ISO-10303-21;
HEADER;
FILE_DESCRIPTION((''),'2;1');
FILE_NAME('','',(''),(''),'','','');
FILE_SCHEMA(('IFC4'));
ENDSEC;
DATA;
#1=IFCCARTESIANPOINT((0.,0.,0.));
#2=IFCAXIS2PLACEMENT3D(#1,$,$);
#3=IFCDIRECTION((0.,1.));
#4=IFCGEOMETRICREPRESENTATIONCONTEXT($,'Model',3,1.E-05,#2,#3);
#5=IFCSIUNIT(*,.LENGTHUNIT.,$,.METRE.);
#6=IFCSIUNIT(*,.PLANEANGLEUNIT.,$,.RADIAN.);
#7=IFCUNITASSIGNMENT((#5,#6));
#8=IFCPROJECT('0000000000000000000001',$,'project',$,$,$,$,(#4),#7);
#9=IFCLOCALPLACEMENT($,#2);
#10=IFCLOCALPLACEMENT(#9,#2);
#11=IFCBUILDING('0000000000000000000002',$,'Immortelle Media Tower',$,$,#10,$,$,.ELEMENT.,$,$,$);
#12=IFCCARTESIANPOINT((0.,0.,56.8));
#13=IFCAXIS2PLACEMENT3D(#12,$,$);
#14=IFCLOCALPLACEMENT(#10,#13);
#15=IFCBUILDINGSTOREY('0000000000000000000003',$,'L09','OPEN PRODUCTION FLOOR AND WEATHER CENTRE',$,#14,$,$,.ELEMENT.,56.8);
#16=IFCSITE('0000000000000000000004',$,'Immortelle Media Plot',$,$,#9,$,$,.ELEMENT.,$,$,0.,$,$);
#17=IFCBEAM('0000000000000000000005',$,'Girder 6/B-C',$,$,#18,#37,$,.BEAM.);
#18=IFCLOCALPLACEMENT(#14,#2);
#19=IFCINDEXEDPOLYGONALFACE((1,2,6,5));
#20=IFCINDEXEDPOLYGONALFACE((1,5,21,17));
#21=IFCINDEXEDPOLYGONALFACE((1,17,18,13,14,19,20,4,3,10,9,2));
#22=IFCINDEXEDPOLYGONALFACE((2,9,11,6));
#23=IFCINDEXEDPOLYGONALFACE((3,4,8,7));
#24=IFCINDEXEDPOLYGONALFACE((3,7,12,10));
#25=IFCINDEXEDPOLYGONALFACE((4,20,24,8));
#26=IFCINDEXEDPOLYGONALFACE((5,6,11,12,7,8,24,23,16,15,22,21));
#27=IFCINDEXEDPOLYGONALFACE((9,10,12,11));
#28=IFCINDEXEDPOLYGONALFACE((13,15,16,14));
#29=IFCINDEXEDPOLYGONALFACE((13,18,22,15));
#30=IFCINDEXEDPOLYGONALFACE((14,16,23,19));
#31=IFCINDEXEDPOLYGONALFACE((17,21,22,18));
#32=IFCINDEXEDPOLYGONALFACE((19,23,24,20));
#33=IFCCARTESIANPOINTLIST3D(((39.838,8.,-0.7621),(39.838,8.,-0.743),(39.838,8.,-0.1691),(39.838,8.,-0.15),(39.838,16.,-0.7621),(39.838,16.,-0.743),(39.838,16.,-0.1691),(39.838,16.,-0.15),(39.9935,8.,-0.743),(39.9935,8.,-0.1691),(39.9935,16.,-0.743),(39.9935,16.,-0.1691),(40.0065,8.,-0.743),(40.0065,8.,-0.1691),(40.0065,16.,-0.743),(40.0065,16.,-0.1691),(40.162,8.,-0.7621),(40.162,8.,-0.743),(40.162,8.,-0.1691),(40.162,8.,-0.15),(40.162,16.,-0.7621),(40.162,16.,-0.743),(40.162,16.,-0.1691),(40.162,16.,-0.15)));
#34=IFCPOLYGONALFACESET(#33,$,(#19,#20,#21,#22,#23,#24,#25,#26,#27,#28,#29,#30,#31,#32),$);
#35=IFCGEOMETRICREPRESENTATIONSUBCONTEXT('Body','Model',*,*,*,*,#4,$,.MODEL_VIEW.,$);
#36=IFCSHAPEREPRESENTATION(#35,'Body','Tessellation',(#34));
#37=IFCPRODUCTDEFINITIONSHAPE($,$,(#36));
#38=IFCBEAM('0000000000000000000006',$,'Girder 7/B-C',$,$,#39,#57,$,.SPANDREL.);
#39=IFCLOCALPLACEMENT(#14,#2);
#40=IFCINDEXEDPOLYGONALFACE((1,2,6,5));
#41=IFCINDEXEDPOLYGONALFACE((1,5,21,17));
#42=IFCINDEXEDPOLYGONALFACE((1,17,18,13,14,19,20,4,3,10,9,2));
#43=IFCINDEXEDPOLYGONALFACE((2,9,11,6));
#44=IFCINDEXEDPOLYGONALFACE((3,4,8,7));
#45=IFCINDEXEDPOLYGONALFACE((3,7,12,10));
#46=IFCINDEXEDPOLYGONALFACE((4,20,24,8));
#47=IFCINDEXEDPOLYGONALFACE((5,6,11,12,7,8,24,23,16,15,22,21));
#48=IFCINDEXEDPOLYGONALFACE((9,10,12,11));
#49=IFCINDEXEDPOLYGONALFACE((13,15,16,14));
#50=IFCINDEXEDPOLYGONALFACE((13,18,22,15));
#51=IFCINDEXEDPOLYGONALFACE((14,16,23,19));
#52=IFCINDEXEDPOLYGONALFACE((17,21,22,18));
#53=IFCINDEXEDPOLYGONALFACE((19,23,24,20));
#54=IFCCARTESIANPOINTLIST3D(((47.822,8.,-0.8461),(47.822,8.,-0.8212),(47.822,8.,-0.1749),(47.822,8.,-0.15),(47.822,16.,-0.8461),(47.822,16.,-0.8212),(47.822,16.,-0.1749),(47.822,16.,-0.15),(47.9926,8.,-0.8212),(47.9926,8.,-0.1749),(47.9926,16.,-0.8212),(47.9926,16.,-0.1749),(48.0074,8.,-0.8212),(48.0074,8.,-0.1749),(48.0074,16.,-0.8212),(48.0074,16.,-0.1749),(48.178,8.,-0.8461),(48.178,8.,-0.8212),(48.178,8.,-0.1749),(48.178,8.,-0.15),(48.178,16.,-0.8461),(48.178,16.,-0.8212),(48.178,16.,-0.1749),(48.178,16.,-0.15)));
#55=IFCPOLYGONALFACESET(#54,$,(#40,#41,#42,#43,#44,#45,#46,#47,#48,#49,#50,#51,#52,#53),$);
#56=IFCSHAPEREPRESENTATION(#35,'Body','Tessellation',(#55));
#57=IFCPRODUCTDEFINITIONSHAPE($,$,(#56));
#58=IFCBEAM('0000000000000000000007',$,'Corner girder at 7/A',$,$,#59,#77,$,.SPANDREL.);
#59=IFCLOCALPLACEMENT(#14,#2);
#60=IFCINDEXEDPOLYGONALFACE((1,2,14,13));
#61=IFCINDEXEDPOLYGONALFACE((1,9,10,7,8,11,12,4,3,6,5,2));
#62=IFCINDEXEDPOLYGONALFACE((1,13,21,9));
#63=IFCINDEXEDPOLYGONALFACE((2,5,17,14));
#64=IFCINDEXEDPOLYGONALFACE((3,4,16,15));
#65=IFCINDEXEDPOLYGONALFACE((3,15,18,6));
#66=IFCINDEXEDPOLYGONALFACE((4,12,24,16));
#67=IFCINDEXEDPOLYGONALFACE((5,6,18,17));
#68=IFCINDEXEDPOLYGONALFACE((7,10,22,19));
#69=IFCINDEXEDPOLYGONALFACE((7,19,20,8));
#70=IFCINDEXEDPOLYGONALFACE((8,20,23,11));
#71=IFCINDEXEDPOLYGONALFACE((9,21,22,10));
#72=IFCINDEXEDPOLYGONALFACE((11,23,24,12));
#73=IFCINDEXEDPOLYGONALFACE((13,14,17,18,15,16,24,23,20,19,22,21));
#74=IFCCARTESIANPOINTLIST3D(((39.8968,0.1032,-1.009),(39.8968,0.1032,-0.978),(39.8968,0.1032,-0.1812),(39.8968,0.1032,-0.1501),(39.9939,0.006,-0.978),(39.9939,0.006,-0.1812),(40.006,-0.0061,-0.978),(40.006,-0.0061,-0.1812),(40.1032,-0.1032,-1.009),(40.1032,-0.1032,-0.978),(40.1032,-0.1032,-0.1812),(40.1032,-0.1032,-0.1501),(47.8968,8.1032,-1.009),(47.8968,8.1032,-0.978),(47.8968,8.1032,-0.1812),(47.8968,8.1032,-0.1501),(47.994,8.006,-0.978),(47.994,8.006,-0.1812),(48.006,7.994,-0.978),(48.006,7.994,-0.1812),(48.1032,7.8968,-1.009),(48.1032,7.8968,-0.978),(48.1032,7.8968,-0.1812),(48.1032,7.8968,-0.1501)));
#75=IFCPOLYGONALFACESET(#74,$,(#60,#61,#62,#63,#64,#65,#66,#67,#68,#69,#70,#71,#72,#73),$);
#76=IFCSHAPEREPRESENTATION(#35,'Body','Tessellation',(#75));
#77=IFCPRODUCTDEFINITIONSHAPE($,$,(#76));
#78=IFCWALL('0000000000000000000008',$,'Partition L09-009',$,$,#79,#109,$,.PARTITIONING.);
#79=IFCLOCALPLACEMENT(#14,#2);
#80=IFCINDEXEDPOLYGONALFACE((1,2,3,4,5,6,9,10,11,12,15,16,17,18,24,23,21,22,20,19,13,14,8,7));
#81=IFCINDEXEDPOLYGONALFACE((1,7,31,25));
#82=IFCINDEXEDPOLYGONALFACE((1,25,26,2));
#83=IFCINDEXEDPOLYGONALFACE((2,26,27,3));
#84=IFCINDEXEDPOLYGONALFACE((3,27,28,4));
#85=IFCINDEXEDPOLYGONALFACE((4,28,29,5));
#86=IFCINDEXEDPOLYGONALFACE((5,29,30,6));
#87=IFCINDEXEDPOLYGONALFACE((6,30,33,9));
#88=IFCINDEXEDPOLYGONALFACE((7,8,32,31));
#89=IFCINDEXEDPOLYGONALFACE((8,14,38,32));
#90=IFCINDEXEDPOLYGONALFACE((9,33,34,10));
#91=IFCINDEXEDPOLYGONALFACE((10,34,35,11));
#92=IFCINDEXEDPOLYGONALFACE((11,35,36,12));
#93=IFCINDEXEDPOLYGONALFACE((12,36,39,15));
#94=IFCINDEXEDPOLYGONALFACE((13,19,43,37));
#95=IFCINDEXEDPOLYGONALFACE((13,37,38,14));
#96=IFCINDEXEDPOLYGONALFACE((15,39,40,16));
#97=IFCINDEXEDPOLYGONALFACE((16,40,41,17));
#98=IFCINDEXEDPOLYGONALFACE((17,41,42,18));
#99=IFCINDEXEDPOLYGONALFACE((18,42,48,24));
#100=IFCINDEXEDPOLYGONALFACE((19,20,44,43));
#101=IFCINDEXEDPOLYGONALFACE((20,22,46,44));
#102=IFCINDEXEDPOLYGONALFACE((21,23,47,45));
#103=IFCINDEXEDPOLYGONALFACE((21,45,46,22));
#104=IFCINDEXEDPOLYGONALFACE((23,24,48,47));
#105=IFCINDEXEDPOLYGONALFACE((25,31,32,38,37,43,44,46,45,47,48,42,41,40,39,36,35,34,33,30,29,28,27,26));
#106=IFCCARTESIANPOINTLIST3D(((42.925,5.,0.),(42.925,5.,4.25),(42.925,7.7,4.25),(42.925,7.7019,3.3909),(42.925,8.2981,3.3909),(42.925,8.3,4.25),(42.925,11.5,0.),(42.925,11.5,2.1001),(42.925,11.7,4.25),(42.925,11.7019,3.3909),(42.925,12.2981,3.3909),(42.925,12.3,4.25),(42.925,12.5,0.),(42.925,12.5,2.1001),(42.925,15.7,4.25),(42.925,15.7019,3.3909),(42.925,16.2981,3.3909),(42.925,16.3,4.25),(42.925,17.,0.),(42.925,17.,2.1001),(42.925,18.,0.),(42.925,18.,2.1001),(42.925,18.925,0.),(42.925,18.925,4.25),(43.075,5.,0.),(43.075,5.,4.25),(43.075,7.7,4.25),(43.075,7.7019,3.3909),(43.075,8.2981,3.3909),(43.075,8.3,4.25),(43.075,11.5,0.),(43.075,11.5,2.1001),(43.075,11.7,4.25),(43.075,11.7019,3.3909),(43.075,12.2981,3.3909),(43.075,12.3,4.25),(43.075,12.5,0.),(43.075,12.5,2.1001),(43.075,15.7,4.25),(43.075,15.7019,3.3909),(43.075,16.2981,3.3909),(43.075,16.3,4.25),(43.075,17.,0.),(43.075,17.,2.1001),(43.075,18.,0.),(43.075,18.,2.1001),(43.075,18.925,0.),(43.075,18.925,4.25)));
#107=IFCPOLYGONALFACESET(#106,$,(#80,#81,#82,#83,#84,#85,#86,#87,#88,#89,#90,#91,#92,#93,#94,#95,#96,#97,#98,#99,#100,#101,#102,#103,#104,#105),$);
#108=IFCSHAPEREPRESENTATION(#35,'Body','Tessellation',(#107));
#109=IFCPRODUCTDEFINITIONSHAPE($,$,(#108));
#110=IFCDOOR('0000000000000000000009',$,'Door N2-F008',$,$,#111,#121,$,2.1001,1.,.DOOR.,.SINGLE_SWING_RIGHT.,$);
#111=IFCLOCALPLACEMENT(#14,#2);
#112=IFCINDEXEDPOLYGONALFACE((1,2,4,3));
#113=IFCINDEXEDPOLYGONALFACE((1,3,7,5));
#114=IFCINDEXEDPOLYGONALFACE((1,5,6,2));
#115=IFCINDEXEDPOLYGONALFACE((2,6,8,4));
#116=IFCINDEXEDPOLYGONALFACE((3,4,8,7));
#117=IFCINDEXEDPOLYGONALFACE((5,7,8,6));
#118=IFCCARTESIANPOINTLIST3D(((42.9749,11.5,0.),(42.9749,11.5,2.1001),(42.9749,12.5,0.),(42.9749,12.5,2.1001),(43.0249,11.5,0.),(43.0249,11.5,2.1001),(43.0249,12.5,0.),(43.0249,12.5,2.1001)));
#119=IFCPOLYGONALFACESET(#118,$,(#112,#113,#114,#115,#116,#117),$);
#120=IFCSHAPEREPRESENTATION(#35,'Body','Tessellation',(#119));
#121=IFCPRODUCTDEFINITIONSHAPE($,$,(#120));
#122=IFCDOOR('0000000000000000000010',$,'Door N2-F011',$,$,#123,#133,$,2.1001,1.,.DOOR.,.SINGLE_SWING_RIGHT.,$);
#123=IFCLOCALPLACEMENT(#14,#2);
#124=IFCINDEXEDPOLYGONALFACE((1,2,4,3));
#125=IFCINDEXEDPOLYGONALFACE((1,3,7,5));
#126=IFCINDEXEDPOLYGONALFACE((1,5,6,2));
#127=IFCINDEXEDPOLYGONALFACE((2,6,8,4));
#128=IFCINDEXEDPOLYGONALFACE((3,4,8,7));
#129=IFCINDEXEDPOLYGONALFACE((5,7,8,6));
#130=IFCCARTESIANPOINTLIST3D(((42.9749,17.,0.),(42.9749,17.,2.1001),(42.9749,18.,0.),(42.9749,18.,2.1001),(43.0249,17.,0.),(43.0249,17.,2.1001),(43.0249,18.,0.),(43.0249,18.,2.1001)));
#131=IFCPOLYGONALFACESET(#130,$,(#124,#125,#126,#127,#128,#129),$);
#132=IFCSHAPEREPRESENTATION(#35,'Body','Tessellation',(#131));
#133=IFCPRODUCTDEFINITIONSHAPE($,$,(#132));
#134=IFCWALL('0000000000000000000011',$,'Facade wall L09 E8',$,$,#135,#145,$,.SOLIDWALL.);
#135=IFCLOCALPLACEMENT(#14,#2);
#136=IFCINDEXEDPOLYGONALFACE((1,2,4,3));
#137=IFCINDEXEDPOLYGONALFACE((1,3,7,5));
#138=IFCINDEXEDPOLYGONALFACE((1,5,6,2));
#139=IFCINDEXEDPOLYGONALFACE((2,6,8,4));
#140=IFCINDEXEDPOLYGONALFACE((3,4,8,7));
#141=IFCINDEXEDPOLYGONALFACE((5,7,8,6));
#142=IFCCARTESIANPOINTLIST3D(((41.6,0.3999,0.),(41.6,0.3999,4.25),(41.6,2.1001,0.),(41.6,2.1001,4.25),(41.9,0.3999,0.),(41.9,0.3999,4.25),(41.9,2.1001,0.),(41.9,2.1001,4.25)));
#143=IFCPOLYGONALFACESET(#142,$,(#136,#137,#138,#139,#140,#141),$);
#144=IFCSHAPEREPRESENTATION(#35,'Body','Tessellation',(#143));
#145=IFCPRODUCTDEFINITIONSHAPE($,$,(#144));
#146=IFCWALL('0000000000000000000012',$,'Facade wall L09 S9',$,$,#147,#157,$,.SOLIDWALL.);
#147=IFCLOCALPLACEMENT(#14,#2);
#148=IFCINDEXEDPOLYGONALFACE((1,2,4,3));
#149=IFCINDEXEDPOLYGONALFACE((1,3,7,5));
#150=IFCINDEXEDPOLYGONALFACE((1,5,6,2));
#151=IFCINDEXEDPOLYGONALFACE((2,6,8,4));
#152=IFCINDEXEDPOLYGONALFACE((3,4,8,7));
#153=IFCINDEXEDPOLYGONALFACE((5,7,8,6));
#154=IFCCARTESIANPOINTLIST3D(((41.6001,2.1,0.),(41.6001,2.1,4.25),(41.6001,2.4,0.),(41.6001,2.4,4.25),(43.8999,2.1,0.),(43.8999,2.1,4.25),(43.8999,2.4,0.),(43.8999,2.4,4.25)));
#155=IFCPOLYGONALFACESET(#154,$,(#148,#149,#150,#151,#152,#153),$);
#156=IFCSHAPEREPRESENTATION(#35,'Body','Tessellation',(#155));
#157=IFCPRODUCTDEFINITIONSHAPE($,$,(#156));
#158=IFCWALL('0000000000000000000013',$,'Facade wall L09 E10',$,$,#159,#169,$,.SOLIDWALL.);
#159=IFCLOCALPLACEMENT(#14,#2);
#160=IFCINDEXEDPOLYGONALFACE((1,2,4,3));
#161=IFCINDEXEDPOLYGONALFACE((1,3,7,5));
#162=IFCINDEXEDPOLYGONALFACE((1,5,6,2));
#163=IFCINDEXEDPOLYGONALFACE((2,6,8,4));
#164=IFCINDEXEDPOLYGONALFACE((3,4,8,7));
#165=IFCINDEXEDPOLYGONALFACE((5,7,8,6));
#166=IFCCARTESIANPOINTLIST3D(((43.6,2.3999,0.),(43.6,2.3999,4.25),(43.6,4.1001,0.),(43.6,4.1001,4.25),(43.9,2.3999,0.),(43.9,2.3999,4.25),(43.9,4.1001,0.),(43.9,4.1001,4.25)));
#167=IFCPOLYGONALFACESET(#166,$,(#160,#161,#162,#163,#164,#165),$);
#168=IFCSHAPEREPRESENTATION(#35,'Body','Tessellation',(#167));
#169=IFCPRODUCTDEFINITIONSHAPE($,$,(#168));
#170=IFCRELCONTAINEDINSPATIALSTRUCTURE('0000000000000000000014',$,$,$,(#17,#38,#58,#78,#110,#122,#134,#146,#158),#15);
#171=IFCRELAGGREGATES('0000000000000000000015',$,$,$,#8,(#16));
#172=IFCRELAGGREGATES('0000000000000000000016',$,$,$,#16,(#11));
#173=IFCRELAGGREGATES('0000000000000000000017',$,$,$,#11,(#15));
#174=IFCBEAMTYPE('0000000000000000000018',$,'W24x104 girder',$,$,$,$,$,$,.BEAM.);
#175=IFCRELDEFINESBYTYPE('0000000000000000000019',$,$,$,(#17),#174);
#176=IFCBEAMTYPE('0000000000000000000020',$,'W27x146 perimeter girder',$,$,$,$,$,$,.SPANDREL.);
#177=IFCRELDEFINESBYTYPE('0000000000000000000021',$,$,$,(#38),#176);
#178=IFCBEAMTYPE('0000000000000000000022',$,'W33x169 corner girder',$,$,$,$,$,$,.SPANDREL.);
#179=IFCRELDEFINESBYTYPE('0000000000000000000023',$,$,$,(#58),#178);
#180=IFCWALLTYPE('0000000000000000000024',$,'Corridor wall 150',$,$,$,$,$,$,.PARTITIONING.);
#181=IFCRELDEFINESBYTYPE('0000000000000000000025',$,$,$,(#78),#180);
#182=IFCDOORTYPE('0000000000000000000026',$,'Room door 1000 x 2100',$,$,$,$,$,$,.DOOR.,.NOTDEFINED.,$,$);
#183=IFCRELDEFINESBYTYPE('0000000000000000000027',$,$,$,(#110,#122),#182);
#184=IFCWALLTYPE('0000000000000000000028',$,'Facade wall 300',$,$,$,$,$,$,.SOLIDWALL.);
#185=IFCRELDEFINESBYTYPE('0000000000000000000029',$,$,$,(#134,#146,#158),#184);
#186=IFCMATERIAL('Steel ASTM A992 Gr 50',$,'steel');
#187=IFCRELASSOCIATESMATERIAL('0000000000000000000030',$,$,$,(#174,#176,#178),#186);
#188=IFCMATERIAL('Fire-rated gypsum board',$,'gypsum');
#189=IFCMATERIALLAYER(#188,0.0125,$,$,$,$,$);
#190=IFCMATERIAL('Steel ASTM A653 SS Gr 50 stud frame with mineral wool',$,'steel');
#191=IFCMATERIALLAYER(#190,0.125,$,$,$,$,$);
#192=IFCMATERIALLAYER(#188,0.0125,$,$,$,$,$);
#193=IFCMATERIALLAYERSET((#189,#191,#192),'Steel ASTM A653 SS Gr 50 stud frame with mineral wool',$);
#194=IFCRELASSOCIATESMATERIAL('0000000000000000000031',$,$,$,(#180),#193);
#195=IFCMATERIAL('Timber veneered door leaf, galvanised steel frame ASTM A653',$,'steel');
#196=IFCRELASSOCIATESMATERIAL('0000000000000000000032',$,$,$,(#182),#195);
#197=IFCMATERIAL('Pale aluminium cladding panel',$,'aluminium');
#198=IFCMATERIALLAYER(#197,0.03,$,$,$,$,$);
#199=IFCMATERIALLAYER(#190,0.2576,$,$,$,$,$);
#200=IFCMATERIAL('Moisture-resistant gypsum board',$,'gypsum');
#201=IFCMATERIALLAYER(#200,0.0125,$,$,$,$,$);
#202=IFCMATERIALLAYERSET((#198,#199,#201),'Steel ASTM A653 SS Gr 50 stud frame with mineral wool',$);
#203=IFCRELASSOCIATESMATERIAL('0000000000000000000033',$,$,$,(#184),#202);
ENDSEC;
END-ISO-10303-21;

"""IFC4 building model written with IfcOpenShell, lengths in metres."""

from ifc_helpers import new_model, si_unit, direction, frame, frame_2d, origin, origin_2d, place, context, subcontext, project, spatial, polyline, rectangle, i_section, outline, extrude, material, layer, layer_set, material_profile, profile_set, type_object, element, fill, save


model = new_model("IFC4")

# Units and contexts
model_context = context("Model", 3, precision=1e-05, world=origin(), true_north=direction((0.0, 1.0)))
body_context = subcontext(model_context, "Body", "Model", "MODEL_VIEW")
ifc_project = project(units=[si_unit("LENGTHUNIT", "METRE"), si_unit("PLANEANGLEUNIT", "RADIAN")], contexts=[model_context])

# Site, building, storey
site_placement = place(None, origin())
site = spatial("IfcSite", under=ifc_project, at=site_placement, Name="Immortelle Media Plot", CompositionType="ELEMENT", RefElevation=0.0)
building_placement = place(site_placement, origin())
building = spatial("IfcBuilding", under=site, at=building_placement, Name="Immortelle Media Tower", CompositionType="ELEMENT")
storey_placement = place(building_placement, frame((0.0, 0.0, 56.8)))
storey = spatial("IfcBuildingStorey", under=building, at=storey_placement, Name="L09", Description="OPEN PRODUCTION FLOOR AND WEATHER CENTRE", CompositionType="ELEMENT", Elevation=56.8)

# Shared definitions
ifc_material_1 = material(Name="Steel ASTM A992 Gr 50", Category="steel")

# Beams
ifc_material_profile_1 = material_profile(ifc_material_1, i_section(OverallWidth=0.324, OverallDepth=0.6121, WebThickness=0.0129, FlangeThickness=0.019, at=origin_2d()), Name="W24x104")
ifc_profile_set_1 = profile_set([ifc_material_profile_1], Name="Steel ASTM A992 Gr 50")
beam_type_1 = type_object("IfcBeamType", Name="W24x104 girder", PredefinedType="BEAM", material=ifc_profile_set_1)
for number, where, z_axis, x_axis, name in (
    (1, (40.0, 8.0, -0.4561), (0.0, 1.0, 0.0), (-1.0, 0.0, 0.0), "Girder 6/B-C"),
):
    element("IfcBeam", number, at=place(storey_placement, frame(where, z_axis=z_axis, x_axis=x_axis)), inside=storey, type_object=beam_type_1, Name=name, PredefinedType="BEAM", context=body_context, shape_type="SweptSolid", body=[
        extrude(i_section(OverallWidth=0.324, OverallDepth=0.6121, WebThickness=0.0129, FlangeThickness=0.019, at=origin_2d()), origin(), (0.0, 0.0, 1.0), 8.0),
    ])
ifc_material_profile_2 = material_profile(ifc_material_1, i_section(OverallWidth=0.356, OverallDepth=0.696, WebThickness=0.0149, FlangeThickness=0.0249, at=origin_2d()), Name="W27x146")
ifc_profile_set_2 = profile_set([ifc_material_profile_2], Name="Steel ASTM A992 Gr 50")
beam_type_2 = type_object("IfcBeamType", Name="W27x146 perimeter girder", PredefinedType="SPANDREL", material=ifc_profile_set_2)
beam_1_placement = place(storey_placement, frame((48.0, 8.0, -0.498), z_axis=(0.0, 1.0, 0.0), x_axis=(-1.0, 0.0, 0.0)))
element("IfcBeam", 2, at=beam_1_placement, inside=storey, type_object=beam_type_2, Name="Girder 7/B-C", PredefinedType="SPANDREL", context=body_context, shape_type="SweptSolid", body=[
    extrude(i_section(OverallWidth=0.356, OverallDepth=0.696, WebThickness=0.0149, FlangeThickness=0.0249, at=origin_2d()), origin(), (0.0, 0.0, 1.0), 8.0),
])
ifc_material_profile_3 = material_profile(ifc_material_1, i_section(OverallWidth=0.292, OverallDepth=0.8589, WebThickness=0.0171, FlangeThickness=0.031, at=origin_2d()), Name="W33x169")
ifc_profile_set_3 = profile_set([ifc_material_profile_3], Name="Steel ASTM A992 Gr 50")
beam_type_3 = type_object("IfcBeamType", Name="W33x169 corner girder", PredefinedType="SPANDREL", material=ifc_profile_set_3)
beam_2_placement = place(storey_placement, frame((48.0, 8.0, -0.5796), z_axis=(-0.707107, -0.707107, 0.0), x_axis=(0.707107, -0.707107, 0.0)))
element("IfcBeam", 3, at=beam_2_placement, inside=storey, type_object=beam_type_3, Name="Corner girder at 7/A", PredefinedType="SPANDREL", context=body_context, shape_type="SweptSolid", body=[
    extrude(i_section(OverallWidth=0.292, OverallDepth=0.8589, WebThickness=0.0171, FlangeThickness=0.031, at=origin_2d()), origin(), (0.0, 0.0, 1.0), 11.3137),
])

# Wall, openings, doors
ifc_material_2 = material(Name="Fire-rated gypsum board", Category="gypsum")
ifc_layer_1 = layer(ifc_material_2, 0.0125)
ifc_material_3 = material(Name="Steel ASTM A653 SS Gr 50 stud frame with mineral wool", Category="steel")
ifc_layer_2 = layer(ifc_material_3, 0.125)
ifc_layer_3 = layer(ifc_material_2, 0.0125)
ifc_layer_set_1 = layer_set([ifc_layer_1, ifc_layer_2, ifc_layer_3], Name="Steel ASTM A653 SS Gr 50 stud frame with mineral wool")
wall_type_1 = type_object("IfcWallType", Name="Corridor wall 150", PredefinedType="PARTITIONING", material=ifc_layer_set_1)
wall_1_placement = place(storey_placement, frame((43.0, 5.0, 0.0), z_axis=(0.0, 0.0, 1.0), x_axis=(0.0, 1.0, 0.0)))
wall_1 = element("IfcWall", 4, at=wall_1_placement, inside=storey, type_object=wall_type_1, Name="Partition L09-009", PredefinedType="PARTITIONING", context=body_context, shape_type="SweptSolid", body=[
    extrude(outline(polyline([(0.0, 0.0), (13.925, 0.0), (13.925, 4.25), (11.3, 4.25), (11.2981, 3.3909), (10.7019, 3.3909), (10.7, 4.25), (7.3, 4.25), (7.2981, 3.3909), (6.7019, 3.3909), (6.7, 4.25), (3.3, 4.25), (3.2981, 3.3909), (2.7019, 3.3909), (2.7, 4.25), (0.0, 4.25), (0.0, 0.0)])), frame((0.0, 0.075, 0.0), z_axis=(0.0, -1.0, 0.0), x_axis=(1.0, 0.0, 0.0)), (0.0, 0.0, 1.0), 0.1499),
])
opening_1_placement = place(wall_1_placement, frame((7.5, 0.0, 0.0), z_axis=(0.0, 0.0, 1.0), x_axis=(-1.0, 0.0, 0.0)))
opening_1 = element("IfcOpeningElement", 5, at=opening_1_placement, cuts=wall_1, PredefinedType="OPENING", context=body_context, shape_type="SweptSolid", body=[
    extrude(rectangle(XDim=1.0, YDim=2.1001, at=frame_2d((0.5, 1.05))), frame((0.0, 0.085, 0.0), z_axis=(0.0, -1.0, 0.0), x_axis=(1.0, 0.0, 0.0)), (0.0, 0.0, 1.0), 0.1699),
])
opening_2_placement = place(wall_1_placement, frame((13.0, 0.0, 0.0), z_axis=(0.0, 0.0, 1.0), x_axis=(-1.0, 0.0, 0.0)))
opening_2 = element("IfcOpeningElement", 6, at=opening_2_placement, cuts=wall_1, PredefinedType="OPENING", context=body_context, shape_type="SweptSolid", body=[
    extrude(rectangle(XDim=1.0, YDim=2.1001, at=frame_2d((0.5, 1.05))), frame((0.0, 0.085, 0.0), z_axis=(0.0, -1.0, 0.0), x_axis=(1.0, 0.0, 0.0)), (0.0, 0.0, 1.0), 0.1699),
])
ifc_material_4 = material(Name="Timber veneered door leaf, galvanised steel frame ASTM A653", Category="steel")
door_type_1 = type_object("IfcDoorType", Name="Room door 1000 x 2100", OperationType="NOTDEFINED", PredefinedType="DOOR", material=ifc_material_4)
door_1_placement = place(opening_1_placement, origin())
door_1 = element("IfcDoor", 7, at=door_1_placement, inside=storey, type_object=door_type_1, Name="Door N2-F008", OperationType="SINGLE_SWING_RIGHT", OverallHeight=2.1001, OverallWidth=1.0, PredefinedType="DOOR", context=body_context, shape_type="SweptSolid", body=[
    extrude(rectangle(XDim=1.0, YDim=2.1001, at=frame_2d((0.5, 1.05))), frame((0.0, 0.0249, 0.0), z_axis=(0.0, -1.0, 0.0), x_axis=(1.0, 0.0, 0.0)), (0.0, 0.0, 1.0), 0.05),
])
fill(opening_1, door_1)
door_2_placement = place(opening_2_placement, origin())
door_2 = element("IfcDoor", 8, at=door_2_placement, inside=storey, type_object=door_type_1, Name="Door N2-F011", OperationType="SINGLE_SWING_RIGHT", OverallHeight=2.1001, OverallWidth=1.0, PredefinedType="DOOR", context=body_context, shape_type="SweptSolid", body=[
    extrude(rectangle(XDim=1.0, YDim=2.1001, at=frame_2d((0.5, 1.05))), frame((0.0, 0.0249, 0.0), z_axis=(0.0, -1.0, 0.0), x_axis=(1.0, 0.0, 0.0)), (0.0, 0.0, 1.0), 0.05),
])
fill(opening_2, door_2)

# Walls
ifc_material_5 = material(Name="Pale aluminium cladding panel", Category="aluminium")
ifc_layer_4 = layer(ifc_material_5, 0.03)
ifc_layer_5 = layer(ifc_material_3, 0.2576)
ifc_material_6 = material(Name="Moisture-resistant gypsum board", Category="gypsum")
ifc_layer_6 = layer(ifc_material_6, 0.0125)
ifc_layer_set_2 = layer_set([ifc_layer_4, ifc_layer_5, ifc_layer_6], Name="Steel ASTM A653 SS Gr 50 stud frame with mineral wool")
wall_type_2 = type_object("IfcWallType", Name="Facade wall 300", PredefinedType="SOLIDWALL", material=ifc_layer_set_2)
wall_2_placement = place(storey_placement, frame((41.75, 0.3999, 0.0), z_axis=(0.0, 0.0, 1.0), x_axis=(0.0, 1.0, 0.0)))
element("IfcWall", 9, at=wall_2_placement, inside=storey, type_object=wall_type_2, Name="Facade wall L09 E8", PredefinedType="SOLIDWALL", context=body_context, shape_type="SweptSolid", body=[
    extrude(rectangle(XDim=1.7002, YDim=0.3, at=frame_2d((0.8501, 0.0))), origin(), (0.0, 0.0, 1.0), 4.25),
])
wall_3_placement = place(storey_placement, frame((41.6001, 2.25, 0.0), z_axis=(0.0, 0.0, 1.0), x_axis=(1.0, 0.0, 0.0)))
element("IfcWall", 10, at=wall_3_placement, inside=storey, type_object=wall_type_2, Name="Facade wall L09 S9", PredefinedType="SOLIDWALL", context=body_context, shape_type="SweptSolid", body=[
    extrude(rectangle(XDim=2.2998, YDim=0.3, at=frame_2d((1.1499, 0.0))), origin(), (0.0, 0.0, 1.0), 4.25),
])
wall_4_placement = place(storey_placement, frame((43.75, 2.3999, 0.0), z_axis=(0.0, 0.0, 1.0), x_axis=(0.0, 1.0, 0.0)))
element("IfcWall", 11, at=wall_4_placement, inside=storey, type_object=wall_type_2, Name="Facade wall L09 E10", PredefinedType="SOLIDWALL", context=body_context, shape_type="SweptSolid", body=[
    extrude(rectangle(XDim=1.7002, YDim=0.3, at=frame_2d((0.8501, 0.0))), origin(), (0.0, 0.0, 1.0), 4.25),
])

save(model, "model.ifc")
